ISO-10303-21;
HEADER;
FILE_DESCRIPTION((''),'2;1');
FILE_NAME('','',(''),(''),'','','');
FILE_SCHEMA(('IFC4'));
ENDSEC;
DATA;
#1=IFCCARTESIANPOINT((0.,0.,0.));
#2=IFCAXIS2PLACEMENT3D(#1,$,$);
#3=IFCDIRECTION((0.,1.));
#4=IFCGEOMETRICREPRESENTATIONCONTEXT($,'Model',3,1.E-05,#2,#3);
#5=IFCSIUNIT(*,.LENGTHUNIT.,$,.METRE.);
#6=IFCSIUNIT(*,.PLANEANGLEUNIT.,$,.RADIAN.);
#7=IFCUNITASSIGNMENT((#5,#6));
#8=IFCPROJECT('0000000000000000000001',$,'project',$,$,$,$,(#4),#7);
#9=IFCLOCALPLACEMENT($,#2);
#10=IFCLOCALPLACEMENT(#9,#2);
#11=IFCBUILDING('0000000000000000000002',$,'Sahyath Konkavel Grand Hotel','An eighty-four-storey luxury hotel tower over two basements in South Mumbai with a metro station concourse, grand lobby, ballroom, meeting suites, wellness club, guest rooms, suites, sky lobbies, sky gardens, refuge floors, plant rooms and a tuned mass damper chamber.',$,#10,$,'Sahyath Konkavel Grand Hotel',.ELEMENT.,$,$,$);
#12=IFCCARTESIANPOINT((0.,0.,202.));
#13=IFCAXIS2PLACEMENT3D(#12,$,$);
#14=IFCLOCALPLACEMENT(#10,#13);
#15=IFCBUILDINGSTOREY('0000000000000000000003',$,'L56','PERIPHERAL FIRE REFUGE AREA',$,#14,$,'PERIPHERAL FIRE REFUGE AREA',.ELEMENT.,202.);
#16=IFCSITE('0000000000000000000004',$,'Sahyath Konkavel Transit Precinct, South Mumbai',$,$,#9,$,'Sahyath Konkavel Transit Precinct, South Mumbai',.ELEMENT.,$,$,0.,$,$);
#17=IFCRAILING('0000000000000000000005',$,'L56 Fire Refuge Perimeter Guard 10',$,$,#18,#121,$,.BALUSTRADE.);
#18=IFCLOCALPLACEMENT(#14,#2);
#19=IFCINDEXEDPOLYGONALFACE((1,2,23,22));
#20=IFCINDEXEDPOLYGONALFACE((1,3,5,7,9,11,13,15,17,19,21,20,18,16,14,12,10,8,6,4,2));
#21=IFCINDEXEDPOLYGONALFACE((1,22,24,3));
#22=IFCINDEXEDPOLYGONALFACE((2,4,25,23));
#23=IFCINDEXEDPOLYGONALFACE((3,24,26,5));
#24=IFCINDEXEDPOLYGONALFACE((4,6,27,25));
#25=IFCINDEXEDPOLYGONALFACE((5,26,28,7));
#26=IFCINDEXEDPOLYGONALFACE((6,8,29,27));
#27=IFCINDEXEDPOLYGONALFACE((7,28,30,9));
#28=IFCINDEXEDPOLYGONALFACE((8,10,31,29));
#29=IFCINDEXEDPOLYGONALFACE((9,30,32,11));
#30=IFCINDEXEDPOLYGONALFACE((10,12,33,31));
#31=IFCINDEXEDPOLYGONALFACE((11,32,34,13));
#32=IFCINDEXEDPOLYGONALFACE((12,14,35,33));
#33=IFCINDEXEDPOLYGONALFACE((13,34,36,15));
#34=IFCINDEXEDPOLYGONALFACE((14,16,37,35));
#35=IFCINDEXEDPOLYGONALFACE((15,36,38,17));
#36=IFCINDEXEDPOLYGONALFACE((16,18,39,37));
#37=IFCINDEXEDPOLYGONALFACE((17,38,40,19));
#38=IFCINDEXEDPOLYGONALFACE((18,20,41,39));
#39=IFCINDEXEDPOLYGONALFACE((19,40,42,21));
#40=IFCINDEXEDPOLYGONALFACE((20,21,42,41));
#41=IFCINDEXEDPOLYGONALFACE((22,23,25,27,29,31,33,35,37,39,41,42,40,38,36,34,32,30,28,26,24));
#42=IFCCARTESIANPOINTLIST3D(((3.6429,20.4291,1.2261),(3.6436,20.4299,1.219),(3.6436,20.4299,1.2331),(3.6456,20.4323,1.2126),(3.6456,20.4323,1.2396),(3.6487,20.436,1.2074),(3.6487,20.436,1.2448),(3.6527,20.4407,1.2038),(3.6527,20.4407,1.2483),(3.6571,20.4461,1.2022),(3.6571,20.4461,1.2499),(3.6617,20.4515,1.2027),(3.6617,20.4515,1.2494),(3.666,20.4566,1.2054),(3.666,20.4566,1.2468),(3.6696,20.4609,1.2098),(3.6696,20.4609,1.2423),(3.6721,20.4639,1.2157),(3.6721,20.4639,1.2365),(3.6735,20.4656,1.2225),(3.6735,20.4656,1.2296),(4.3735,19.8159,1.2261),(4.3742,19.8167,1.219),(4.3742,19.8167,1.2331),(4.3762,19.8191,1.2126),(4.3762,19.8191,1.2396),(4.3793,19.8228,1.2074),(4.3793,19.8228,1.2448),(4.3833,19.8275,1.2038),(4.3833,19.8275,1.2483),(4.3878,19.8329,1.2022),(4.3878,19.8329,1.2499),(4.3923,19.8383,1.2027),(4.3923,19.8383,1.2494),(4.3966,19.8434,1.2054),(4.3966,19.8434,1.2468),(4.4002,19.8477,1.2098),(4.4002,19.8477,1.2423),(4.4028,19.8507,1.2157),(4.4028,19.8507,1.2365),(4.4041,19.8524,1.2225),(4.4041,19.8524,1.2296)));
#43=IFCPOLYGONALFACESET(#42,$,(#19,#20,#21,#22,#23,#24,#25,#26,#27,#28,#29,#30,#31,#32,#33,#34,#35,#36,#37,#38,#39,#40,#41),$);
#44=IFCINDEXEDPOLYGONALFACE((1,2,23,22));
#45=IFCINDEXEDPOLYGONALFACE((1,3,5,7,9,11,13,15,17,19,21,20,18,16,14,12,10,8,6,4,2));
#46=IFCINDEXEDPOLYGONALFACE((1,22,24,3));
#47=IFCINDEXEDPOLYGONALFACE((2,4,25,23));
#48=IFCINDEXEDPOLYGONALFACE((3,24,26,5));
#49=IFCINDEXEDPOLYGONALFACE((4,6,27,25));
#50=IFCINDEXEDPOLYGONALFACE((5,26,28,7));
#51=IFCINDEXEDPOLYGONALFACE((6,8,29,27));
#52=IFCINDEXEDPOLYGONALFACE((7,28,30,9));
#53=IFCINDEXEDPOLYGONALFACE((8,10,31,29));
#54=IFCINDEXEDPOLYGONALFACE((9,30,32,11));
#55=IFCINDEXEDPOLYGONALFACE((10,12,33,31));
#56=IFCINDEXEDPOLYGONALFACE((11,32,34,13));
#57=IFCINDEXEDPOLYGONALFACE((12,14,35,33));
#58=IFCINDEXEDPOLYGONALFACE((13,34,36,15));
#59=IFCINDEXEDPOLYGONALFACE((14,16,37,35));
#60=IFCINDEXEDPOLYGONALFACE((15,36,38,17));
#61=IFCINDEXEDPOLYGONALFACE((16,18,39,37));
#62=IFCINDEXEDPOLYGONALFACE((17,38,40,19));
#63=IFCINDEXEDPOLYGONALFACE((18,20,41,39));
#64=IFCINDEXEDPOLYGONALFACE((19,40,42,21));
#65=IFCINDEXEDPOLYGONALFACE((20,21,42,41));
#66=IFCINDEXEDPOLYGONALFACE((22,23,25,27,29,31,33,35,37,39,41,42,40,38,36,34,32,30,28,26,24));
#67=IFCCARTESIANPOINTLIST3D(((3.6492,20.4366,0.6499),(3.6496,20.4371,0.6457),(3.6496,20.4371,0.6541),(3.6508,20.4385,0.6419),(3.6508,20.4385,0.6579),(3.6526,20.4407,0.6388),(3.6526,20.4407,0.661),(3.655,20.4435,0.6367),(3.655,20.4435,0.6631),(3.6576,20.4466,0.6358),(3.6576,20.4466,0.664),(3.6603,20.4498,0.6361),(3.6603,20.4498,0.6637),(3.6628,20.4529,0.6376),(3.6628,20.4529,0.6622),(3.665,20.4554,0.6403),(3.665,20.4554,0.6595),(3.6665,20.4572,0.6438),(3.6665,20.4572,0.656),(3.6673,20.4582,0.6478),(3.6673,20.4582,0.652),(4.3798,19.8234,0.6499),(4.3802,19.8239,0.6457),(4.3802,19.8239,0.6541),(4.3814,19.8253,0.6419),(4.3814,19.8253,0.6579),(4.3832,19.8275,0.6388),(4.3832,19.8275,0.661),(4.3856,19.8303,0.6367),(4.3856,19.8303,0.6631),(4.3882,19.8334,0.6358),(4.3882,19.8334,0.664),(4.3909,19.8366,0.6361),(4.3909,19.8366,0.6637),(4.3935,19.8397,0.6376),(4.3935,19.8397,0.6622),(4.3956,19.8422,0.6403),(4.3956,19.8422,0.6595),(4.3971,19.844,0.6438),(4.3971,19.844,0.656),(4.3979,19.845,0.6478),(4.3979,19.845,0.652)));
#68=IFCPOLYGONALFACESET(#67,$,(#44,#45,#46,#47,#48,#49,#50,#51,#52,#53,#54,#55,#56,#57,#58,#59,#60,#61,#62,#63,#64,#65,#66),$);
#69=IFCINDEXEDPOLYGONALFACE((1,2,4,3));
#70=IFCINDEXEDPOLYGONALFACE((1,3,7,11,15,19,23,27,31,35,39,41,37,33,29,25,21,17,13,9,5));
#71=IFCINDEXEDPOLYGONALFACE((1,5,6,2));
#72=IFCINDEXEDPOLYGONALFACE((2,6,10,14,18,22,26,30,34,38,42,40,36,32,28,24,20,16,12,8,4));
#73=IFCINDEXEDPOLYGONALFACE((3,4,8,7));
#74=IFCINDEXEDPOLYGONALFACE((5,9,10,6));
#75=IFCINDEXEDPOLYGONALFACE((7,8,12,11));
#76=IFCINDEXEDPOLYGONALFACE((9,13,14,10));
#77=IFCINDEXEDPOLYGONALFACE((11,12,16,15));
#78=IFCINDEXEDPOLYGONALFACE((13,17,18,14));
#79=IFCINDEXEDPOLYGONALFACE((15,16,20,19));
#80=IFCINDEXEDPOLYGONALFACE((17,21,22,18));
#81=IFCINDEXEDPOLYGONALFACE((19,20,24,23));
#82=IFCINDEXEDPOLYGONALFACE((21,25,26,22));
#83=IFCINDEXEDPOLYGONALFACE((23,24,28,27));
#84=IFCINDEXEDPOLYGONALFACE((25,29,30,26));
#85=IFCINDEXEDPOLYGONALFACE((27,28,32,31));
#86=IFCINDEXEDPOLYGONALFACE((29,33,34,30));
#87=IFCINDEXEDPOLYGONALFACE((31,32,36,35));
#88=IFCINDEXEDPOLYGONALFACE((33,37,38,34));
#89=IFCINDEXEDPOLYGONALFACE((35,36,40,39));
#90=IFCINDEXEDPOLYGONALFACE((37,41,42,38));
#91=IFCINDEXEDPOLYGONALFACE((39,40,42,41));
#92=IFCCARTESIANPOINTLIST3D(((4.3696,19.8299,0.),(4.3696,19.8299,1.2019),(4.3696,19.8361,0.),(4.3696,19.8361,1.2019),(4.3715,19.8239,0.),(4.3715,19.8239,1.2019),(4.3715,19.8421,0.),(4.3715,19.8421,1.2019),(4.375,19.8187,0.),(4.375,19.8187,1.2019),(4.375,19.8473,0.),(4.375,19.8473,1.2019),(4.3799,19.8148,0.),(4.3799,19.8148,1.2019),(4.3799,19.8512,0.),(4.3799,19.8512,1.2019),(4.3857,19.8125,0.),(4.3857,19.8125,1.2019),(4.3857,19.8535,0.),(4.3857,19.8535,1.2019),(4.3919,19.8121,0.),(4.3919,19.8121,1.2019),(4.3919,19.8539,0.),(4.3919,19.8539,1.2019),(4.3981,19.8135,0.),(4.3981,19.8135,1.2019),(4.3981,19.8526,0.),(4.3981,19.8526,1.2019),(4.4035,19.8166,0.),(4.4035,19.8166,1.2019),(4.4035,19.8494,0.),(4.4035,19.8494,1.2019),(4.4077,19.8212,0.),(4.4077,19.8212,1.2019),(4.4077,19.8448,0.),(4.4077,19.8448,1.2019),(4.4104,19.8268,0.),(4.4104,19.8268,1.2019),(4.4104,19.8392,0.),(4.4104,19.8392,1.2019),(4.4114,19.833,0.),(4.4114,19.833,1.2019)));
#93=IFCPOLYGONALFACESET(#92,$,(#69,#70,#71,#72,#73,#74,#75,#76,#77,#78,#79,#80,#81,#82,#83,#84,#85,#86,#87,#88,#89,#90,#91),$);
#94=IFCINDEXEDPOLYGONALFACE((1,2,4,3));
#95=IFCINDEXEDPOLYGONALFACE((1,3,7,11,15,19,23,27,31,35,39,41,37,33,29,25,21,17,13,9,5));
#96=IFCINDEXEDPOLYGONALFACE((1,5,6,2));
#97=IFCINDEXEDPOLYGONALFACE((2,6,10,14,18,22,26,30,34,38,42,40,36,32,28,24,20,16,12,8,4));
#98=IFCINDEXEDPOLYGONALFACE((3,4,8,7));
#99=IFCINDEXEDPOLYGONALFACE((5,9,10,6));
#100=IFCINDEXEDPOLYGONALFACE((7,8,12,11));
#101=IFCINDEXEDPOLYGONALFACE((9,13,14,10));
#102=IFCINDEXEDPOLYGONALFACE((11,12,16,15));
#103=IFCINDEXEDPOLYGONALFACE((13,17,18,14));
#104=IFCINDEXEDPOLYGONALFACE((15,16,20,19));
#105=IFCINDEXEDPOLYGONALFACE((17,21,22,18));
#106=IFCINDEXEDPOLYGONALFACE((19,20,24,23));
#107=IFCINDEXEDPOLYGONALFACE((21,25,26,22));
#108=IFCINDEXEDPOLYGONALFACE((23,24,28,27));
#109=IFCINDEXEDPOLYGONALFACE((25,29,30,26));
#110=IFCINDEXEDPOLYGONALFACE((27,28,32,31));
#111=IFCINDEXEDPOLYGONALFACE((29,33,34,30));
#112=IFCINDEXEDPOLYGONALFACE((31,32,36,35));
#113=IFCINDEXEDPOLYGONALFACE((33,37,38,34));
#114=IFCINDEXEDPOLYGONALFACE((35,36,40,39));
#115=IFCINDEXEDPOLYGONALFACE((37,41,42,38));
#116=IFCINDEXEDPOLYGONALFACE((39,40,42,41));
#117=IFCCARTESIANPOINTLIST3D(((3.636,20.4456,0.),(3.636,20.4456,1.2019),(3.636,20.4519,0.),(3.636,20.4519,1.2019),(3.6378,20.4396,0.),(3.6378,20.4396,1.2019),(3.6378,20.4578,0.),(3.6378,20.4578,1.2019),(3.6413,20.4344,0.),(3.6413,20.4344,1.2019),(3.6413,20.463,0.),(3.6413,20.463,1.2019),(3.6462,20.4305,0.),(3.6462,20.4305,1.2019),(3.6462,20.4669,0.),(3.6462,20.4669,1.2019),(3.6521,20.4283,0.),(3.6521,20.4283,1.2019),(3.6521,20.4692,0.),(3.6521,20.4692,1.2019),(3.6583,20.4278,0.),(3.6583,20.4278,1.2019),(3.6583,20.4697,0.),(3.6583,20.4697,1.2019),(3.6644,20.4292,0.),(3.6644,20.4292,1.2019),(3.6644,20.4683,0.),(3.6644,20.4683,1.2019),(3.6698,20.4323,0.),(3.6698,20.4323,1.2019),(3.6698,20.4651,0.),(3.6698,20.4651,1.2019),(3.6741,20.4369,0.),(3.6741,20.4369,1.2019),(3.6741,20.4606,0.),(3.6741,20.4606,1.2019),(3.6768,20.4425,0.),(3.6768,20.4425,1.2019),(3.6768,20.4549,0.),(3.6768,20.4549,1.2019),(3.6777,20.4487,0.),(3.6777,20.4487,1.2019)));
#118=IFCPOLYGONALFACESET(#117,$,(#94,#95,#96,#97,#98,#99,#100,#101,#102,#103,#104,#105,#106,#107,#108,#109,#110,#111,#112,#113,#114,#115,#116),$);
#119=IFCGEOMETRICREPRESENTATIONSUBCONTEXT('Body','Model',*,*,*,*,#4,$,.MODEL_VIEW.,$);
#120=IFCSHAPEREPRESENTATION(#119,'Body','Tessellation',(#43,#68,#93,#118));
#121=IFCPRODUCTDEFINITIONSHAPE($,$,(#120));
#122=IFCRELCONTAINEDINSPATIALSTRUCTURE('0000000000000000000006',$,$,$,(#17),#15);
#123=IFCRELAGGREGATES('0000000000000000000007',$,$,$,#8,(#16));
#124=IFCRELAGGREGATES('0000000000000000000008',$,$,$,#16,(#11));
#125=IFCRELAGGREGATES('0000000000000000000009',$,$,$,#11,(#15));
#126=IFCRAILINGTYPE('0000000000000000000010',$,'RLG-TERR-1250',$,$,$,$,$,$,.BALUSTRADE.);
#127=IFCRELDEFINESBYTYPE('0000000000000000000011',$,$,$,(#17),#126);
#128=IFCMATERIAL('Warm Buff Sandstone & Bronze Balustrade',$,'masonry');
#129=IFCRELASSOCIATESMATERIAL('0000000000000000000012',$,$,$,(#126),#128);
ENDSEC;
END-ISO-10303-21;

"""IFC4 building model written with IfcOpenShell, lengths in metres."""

from ifc_helpers import new_model, si_unit, direction, frame, origin, origin_2d, place, context, subcontext, project, spatial, circle, extrude, material, type_object, element, save


model = new_model("IFC4")

# Units and contexts
model_context = context("Model", 3, precision=1e-05, world=origin(), true_north=direction((0.0, 1.0)))
body_context = subcontext(model_context, "Body", "Model", "MODEL_VIEW")
ifc_project = project(units=[si_unit("LENGTHUNIT", "METRE"), si_unit("PLANEANGLEUNIT", "RADIAN")], contexts=[model_context])

# Site, building, storey
site_placement = place(None, origin())
site = spatial("IfcSite", under=ifc_project, at=site_placement, Name="Sahyath Konkavel Transit Precinct, South Mumbai", LongName="Sahyath Konkavel Transit Precinct, South Mumbai", CompositionType="ELEMENT", RefElevation=0.0)
building_placement = place(site_placement, origin())
building = spatial("IfcBuilding", under=site, at=building_placement, Name="Sahyath Konkavel Grand Hotel", Description="An eighty-four-storey luxury hotel tower over two basements in South Mumbai with a metro station concourse, grand lobby, ballroom, meeting suites, wellness club, guest rooms, suites, sky lobbies, sky gardens, refuge floors, plant rooms and a tuned mass damper chamber.", LongName="Sahyath Konkavel Grand Hotel", CompositionType="ELEMENT")
storey_placement = place(building_placement, frame((0.0, 0.0, 202.0)))
storey = spatial("IfcBuildingStorey", under=building, at=storey_placement, Name="L56", Description="PERIPHERAL FIRE REFUGE AREA", LongName="PERIPHERAL FIRE REFUGE AREA", CompositionType="ELEMENT", Elevation=202.0)

# Railing
ifc_material_1 = material(Name="Warm Buff Sandstone & Bronze Balustrade", Category="masonry")
railing_type = type_object("IfcRailingType", Name="RLG-TERR-1250", PredefinedType="BALUSTRADE", material=ifc_material_1)
railing_1_placement = place(storey_placement, frame((4.3904, 19.833, 0.0)))
element("IfcRailing", 1, at=railing_1_placement, inside=storey, type_object=railing_type, Name="L56 Fire Refuge Perimeter Guard 10", PredefinedType="BALUSTRADE", context=body_context, shape_type="SweptSolid", body=[
    extrude(circle(Radius=0.0239, at=origin_2d()), frame((-0.0015, 0.0012, 1.2261), z_axis=(-0.765981, 0.642863, 0.0), x_axis=(-0.642863, -0.765981, 0.0)), (0.0, 0.0, 1.0), 0.9539),
    extrude(circle(Radius=0.0142, at=origin_2d()), frame((-0.0015, 0.0012, 0.6499), z_axis=(-0.765981, 0.642863, 0.0), x_axis=(-0.642863, -0.765981, 0.0)), (0.0, 0.0, 1.0), 0.9539),
    extrude(circle(Radius=0.021, at=origin_2d()), origin(), (0.0, 0.0, 1.0), 1.2019),
    extrude(circle(Radius=0.021, at=origin_2d()), frame((-0.7336, 0.6157, 0.0)), (0.0, 0.0, 1.0), 1.2019),
])

save(model, "model.ifc")
